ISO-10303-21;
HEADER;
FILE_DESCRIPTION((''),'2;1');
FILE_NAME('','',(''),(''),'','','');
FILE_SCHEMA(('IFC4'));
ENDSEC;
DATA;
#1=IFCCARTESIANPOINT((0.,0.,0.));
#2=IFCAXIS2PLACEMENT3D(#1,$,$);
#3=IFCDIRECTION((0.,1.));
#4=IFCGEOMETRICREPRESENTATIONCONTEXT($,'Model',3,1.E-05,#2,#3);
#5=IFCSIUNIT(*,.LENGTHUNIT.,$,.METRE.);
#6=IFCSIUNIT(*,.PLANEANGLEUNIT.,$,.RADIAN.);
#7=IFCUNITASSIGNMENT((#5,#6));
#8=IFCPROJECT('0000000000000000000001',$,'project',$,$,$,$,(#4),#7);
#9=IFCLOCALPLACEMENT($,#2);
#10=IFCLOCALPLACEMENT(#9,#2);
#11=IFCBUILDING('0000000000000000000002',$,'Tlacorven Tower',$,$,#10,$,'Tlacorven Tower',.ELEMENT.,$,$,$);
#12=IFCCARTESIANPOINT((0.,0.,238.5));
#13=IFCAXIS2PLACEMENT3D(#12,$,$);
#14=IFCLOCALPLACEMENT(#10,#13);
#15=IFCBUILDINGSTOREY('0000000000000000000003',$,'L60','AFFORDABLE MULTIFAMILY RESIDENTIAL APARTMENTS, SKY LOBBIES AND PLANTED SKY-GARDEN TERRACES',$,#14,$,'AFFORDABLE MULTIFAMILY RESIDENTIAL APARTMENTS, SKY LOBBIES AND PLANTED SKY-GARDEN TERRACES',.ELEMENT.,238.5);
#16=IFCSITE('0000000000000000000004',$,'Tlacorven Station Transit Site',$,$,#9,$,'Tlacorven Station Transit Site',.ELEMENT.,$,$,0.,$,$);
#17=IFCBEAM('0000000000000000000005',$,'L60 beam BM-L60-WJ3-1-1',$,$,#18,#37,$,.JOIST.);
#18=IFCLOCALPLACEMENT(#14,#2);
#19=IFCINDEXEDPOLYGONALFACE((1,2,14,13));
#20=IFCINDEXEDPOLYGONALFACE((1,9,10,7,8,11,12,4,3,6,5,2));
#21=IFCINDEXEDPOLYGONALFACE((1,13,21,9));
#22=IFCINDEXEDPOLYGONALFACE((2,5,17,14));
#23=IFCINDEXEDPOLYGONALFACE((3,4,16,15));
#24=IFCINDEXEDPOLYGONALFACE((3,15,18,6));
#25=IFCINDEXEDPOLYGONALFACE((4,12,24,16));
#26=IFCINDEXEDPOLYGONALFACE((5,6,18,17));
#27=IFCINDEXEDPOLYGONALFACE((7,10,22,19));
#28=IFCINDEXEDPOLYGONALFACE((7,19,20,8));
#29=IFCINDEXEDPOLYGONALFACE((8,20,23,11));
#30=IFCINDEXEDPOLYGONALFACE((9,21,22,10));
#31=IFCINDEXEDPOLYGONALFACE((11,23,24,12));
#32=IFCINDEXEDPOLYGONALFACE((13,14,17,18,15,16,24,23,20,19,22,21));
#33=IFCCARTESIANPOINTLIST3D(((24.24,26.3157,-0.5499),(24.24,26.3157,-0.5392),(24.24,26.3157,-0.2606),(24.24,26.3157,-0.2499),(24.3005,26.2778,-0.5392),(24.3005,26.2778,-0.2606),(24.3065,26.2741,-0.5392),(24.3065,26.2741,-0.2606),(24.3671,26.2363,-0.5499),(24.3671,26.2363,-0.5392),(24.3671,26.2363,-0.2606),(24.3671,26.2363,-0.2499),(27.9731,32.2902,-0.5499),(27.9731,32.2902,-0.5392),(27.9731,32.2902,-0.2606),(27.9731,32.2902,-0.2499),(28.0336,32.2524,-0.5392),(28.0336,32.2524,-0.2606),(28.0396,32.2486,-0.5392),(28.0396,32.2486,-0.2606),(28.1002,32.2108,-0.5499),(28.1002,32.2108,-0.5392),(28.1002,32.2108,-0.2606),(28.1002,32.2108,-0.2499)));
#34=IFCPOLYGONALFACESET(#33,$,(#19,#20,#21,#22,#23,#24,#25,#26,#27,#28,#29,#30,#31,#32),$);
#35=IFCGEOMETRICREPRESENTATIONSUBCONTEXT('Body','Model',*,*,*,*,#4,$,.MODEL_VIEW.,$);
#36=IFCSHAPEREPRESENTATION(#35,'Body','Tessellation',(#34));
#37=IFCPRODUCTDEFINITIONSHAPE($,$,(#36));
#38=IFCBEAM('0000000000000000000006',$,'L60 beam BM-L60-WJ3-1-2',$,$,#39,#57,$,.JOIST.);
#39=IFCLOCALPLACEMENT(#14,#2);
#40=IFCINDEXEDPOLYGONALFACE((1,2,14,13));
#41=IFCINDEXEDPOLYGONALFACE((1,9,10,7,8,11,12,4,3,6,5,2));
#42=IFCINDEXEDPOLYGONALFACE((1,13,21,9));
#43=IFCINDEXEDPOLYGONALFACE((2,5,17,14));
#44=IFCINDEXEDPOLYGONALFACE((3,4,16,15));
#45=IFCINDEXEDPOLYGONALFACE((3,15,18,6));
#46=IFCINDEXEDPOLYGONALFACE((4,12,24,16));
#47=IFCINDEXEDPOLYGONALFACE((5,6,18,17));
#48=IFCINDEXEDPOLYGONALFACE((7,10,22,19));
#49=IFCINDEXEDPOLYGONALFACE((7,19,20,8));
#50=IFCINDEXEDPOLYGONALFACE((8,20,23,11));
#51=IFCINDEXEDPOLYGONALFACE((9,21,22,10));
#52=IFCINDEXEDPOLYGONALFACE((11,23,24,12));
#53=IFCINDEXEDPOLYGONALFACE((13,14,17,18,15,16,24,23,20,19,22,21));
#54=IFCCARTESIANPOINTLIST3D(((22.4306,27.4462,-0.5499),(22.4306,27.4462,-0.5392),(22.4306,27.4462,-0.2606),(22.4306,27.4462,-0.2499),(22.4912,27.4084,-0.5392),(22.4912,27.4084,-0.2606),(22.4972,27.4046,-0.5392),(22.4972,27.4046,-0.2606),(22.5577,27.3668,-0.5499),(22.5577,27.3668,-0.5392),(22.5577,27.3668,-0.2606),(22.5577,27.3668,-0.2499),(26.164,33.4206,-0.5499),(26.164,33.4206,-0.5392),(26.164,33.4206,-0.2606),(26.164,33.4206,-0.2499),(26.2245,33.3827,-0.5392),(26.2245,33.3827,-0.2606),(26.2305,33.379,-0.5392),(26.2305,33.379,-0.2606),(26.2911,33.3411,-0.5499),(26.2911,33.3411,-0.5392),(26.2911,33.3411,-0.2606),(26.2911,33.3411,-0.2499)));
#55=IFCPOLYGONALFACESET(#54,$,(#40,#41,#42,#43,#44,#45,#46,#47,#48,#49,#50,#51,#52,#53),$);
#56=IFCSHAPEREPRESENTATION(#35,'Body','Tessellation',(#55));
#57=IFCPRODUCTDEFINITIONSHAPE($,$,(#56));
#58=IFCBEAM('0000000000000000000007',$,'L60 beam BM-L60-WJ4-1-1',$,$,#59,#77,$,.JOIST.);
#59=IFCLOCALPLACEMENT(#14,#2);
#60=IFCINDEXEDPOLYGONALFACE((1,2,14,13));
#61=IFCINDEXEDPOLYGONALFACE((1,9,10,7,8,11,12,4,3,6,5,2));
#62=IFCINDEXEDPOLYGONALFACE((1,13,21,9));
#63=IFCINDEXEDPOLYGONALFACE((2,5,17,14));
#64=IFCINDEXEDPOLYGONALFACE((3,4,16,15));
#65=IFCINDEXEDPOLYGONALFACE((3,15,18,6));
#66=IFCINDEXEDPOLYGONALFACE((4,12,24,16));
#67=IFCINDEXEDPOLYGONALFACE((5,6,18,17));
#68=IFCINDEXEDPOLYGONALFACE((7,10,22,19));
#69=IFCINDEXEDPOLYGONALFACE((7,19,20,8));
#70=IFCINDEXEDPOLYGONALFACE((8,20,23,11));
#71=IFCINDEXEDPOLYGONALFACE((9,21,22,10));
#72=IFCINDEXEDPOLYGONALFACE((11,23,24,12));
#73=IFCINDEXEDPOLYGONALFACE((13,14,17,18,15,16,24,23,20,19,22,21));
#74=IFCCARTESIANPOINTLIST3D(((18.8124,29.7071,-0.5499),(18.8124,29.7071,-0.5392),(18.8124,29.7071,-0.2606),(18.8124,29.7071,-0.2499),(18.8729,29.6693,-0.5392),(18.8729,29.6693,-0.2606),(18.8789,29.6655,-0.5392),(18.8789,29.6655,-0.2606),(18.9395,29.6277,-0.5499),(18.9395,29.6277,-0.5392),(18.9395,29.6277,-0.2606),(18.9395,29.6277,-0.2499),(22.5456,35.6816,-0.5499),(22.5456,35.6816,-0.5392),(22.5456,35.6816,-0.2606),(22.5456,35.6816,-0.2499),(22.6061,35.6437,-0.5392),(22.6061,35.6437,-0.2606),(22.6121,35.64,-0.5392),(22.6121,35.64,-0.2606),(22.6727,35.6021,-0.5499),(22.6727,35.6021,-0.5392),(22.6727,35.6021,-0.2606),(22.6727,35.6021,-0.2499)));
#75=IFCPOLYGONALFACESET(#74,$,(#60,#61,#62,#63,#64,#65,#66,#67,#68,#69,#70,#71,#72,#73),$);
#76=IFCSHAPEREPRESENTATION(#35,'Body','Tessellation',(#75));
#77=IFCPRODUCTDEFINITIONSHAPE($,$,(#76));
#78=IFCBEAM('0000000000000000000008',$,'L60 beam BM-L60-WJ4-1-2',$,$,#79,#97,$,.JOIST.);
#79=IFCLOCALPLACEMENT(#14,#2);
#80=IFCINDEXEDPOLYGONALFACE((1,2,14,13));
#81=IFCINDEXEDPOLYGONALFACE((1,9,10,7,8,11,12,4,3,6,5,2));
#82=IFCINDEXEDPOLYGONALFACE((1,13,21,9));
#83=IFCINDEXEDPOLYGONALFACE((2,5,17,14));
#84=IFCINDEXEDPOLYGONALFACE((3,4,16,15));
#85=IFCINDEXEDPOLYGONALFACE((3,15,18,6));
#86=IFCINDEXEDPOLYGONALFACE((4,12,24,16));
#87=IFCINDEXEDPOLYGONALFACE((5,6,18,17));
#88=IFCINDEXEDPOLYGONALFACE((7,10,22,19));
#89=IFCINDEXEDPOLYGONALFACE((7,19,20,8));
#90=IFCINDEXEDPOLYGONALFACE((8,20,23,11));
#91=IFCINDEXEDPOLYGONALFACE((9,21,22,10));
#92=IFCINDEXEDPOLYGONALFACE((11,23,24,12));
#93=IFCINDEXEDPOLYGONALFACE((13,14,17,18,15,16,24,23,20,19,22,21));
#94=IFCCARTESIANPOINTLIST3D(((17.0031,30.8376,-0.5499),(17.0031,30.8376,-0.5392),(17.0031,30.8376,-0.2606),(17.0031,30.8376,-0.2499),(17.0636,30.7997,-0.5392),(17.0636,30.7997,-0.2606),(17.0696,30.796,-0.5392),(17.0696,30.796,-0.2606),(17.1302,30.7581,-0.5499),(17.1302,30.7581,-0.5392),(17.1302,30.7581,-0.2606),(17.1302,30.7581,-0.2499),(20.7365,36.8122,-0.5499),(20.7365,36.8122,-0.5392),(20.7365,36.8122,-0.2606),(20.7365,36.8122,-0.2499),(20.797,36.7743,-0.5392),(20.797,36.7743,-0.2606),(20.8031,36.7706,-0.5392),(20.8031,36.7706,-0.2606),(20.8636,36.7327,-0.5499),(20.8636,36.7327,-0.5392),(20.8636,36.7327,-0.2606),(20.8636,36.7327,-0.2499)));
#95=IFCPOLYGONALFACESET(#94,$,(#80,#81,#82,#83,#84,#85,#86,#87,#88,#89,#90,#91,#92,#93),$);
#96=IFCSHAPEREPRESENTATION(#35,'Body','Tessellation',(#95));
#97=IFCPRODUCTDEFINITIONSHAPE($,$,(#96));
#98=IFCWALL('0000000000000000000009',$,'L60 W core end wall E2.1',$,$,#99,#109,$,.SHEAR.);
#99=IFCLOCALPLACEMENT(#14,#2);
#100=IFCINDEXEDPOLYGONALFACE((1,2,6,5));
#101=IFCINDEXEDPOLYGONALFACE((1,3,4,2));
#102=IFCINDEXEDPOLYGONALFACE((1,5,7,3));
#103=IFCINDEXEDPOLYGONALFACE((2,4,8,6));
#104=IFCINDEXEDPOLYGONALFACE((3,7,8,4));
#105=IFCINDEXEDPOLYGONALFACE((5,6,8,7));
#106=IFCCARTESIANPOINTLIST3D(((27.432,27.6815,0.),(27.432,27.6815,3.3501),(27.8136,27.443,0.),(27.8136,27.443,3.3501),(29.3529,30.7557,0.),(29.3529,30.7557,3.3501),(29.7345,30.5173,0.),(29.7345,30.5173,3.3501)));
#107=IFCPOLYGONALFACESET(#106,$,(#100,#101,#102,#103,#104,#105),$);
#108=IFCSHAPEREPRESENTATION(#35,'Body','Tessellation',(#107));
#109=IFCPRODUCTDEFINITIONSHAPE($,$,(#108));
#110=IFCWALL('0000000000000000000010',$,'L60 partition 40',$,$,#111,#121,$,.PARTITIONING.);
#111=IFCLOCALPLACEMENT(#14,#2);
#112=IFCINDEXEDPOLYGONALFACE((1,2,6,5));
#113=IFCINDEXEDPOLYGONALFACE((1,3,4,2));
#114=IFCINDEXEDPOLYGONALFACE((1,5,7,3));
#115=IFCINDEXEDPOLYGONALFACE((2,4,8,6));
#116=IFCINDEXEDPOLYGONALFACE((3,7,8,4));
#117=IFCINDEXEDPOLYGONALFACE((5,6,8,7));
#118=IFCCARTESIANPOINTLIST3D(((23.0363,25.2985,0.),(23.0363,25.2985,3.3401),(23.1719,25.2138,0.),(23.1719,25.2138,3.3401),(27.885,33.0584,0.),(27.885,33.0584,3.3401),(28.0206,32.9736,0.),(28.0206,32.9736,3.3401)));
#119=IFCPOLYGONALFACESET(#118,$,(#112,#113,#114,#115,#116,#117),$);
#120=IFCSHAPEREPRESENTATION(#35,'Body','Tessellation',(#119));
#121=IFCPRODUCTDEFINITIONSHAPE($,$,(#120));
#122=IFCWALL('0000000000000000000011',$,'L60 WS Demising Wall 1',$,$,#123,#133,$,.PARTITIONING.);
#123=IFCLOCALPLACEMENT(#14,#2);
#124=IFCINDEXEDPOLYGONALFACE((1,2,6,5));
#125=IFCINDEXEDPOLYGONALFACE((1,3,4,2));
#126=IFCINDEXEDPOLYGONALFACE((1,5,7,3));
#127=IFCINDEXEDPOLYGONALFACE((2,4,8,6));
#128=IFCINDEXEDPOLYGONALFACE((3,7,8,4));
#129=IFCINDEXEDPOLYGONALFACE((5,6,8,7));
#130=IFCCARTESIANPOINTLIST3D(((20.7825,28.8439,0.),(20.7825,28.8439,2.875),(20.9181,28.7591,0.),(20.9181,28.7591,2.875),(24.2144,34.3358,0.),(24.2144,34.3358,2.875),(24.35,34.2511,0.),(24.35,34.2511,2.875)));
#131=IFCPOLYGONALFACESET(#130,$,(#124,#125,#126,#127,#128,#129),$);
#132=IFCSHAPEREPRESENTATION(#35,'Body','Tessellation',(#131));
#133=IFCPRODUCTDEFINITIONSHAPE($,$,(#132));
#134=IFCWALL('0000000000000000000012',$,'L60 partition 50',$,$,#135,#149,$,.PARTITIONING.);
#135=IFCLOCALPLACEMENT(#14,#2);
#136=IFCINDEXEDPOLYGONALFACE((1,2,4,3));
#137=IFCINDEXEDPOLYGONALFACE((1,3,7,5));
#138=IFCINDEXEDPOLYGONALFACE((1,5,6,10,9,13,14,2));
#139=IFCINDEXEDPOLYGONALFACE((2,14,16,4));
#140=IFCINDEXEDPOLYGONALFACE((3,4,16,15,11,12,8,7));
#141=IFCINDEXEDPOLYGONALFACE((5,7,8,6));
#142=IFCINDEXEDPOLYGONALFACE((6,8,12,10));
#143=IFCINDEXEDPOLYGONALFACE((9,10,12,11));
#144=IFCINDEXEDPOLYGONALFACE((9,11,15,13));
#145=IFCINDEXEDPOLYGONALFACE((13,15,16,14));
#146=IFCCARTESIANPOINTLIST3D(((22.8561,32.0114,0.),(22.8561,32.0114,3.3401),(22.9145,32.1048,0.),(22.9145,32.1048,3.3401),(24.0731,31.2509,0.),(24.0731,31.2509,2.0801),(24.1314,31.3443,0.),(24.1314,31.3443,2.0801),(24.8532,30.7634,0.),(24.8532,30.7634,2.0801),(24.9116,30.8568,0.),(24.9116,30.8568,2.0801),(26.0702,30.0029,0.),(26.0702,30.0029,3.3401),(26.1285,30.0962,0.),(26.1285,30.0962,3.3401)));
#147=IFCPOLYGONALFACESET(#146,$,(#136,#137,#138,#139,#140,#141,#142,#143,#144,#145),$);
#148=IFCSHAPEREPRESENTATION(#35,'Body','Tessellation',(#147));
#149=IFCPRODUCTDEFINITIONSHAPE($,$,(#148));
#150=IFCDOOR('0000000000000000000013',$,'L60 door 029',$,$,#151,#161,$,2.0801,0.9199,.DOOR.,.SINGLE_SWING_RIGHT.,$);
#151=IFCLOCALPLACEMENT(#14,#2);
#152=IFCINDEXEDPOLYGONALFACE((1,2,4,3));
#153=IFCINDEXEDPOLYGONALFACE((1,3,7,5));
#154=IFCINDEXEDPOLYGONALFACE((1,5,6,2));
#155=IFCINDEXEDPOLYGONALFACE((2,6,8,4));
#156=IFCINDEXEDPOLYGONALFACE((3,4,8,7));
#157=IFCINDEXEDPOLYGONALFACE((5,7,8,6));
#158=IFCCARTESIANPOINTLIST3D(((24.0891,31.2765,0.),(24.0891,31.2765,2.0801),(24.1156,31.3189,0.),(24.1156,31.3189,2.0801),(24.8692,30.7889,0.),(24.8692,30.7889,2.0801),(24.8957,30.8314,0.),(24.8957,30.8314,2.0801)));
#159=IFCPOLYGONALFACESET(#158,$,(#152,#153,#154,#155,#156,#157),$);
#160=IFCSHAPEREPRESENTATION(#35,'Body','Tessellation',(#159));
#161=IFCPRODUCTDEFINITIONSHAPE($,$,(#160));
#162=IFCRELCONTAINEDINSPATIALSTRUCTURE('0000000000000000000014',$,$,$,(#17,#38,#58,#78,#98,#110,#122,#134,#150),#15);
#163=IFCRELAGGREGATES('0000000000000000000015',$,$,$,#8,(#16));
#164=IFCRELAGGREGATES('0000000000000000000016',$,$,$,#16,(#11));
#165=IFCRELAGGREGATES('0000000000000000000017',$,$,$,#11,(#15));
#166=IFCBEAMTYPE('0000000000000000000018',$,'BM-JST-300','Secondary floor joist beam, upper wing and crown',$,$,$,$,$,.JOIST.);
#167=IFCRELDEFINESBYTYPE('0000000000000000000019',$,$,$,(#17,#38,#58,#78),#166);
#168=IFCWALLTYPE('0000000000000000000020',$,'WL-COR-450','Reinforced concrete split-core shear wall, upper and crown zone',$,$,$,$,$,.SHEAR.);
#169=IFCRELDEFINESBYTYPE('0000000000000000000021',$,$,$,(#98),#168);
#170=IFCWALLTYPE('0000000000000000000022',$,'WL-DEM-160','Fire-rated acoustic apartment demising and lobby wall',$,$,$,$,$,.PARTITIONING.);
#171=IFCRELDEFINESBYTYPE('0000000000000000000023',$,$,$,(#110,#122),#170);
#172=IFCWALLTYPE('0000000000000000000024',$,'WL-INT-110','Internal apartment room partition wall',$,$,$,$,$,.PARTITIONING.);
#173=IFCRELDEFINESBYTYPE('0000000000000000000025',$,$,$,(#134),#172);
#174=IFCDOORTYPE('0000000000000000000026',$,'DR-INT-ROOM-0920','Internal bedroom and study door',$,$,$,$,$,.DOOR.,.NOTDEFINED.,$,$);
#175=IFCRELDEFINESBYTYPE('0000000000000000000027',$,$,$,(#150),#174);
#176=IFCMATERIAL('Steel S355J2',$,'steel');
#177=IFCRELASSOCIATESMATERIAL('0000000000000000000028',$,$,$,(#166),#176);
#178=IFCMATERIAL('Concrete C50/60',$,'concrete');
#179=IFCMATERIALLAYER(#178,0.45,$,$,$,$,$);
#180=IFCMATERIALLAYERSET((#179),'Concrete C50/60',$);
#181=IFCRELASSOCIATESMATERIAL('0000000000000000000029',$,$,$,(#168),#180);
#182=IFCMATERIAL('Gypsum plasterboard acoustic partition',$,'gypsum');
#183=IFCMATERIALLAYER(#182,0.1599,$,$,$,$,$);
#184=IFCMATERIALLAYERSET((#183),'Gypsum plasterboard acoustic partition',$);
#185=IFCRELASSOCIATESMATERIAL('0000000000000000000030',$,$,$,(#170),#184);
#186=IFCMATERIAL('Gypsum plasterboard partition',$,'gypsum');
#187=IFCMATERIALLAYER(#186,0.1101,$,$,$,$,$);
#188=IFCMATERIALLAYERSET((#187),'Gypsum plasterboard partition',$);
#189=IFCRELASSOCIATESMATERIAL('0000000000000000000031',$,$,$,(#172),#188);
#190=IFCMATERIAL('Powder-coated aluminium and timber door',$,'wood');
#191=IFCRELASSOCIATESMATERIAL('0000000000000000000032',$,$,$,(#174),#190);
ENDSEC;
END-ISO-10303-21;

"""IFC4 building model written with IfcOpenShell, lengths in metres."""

from ifc_helpers import new_model, si_unit, direction, frame, frame_2d, origin, origin_2d, place, context, subcontext, project, spatial, rectangle, i_section, extrude, source, transform, mapped, material, layer, layer_set, material_profile, profile_set, type_object, element, fill, save


model = new_model("IFC4")

# Units and contexts
model_context = context("Model", 3, precision=1e-05, world=origin(), true_north=direction((0.0, 1.0)))
body_context = subcontext(model_context, "Body", "Model", "MODEL_VIEW")
ifc_project = project(units=[si_unit("LENGTHUNIT", "METRE"), si_unit("PLANEANGLEUNIT", "RADIAN")], contexts=[model_context])

# Site, building, storey
site_placement = place(None, origin())
site = spatial("IfcSite", under=ifc_project, at=site_placement, Name="Tlacorven Station Transit Site", LongName="Tlacorven Station Transit Site", CompositionType="ELEMENT", RefElevation=0.0)
building_placement = place(site_placement, origin())
building = spatial("IfcBuilding", under=site, at=building_placement, Name="Tlacorven Tower", LongName="Tlacorven Tower", CompositionType="ELEMENT")
storey_placement = place(building_placement, frame((0.0, 0.0, 238.5)))
storey = spatial("IfcBuildingStorey", under=building, at=storey_placement, Name="L60", Description="AFFORDABLE MULTIFAMILY RESIDENTIAL APARTMENTS, SKY LOBBIES AND PLANTED SKY-GARDEN TERRACES", LongName="AFFORDABLE MULTIFAMILY RESIDENTIAL APARTMENTS, SKY LOBBIES AND PLANTED SKY-GARDEN TERRACES", CompositionType="ELEMENT", Elevation=238.5)

# Beams
ifc_material_1 = material(Name="Steel S355J2", Category="steel")
ifc_material_profile_1 = material_profile(ifc_material_1, i_section(OverallWidth=0.1499, OverallDepth=0.3, WebThickness=0.0071, FlangeThickness=0.0107, at=origin_2d()), Name="IPE 300")
ifc_profile_set_1 = profile_set([ifc_material_profile_1], Name="Steel S355J2")
beam_type_1 = type_object("IfcBeamType", Name="BM-JST-300", Description="Secondary floor joist beam, upper wing and crown", PredefinedType="JOIST", material=ifc_profile_set_1)
shared_shape_1 = source(origin(), body_context, "Body", "SweptSolid", [
    extrude(i_section(OverallWidth=0.1499, OverallDepth=0.3, WebThickness=0.0071, FlangeThickness=0.0107, at=origin_2d()), origin(), (0.0, 0.0, 1.0), 7.0449),
])
for number, where, z_axis, x_axis, name in (
    (1, (28.0366, 32.2505, -0.3999), (-0.529899, -0.848061, 0.0), (0.848061, -0.529899, 0.0), "L60 beam BM-L60-WJ3-1-1"),
    (2, (26.2275, 33.3809, -0.3999), (-0.52994, -0.848035, 0.0), (0.848035, -0.52994, 0.0), "L60 beam BM-L60-WJ3-1-2"),
    (3, (22.6091, 35.6418, -0.3999), (-0.529915, -0.848051, 0.0), (0.848051, -0.529915, 0.0), "L60 beam BM-L60-WJ4-1-1"),
):
    element("IfcBeam", number, at=place(storey_placement, frame(where, z_axis=z_axis, x_axis=x_axis)), inside=storey, type_object=beam_type_1, Name=name, PredefinedType="JOIST", context=body_context, shape_type="MappedRepresentation", body=[
        mapped(shared_shape_1, transform((0.0, 0.0, 0.0), scale=1.0)),
    ])
shared_shape_2 = source(origin(), body_context, "Body", "SweptSolid", [
    extrude(i_section(OverallWidth=0.1499, OverallDepth=0.3, WebThickness=0.0071, FlangeThickness=0.0107, at=origin_2d()), origin(), (0.0, 0.0, 1.0), 7.0452),
])
beam_1_placement = place(storey_placement, frame((20.8, 36.7725, -0.3999), z_axis=(-0.529924, -0.848045, 0.0), x_axis=(0.848045, -0.529924, 0.0)))
element("IfcBeam", 4, at=beam_1_placement, inside=storey, type_object=beam_type_1, Name="L60 beam BM-L60-WJ4-1-2", PredefinedType="JOIST", context=body_context, shape_type="MappedRepresentation", body=[
    mapped(shared_shape_2, transform((0.0, 0.0, 0.0), scale=1.0)),
])

# Walls
ifc_material_2 = material(Name="Concrete C50/60", Category="concrete")
ifc_layer_1 = layer(ifc_material_2, 0.45)
ifc_layer_set_1 = layer_set([ifc_layer_1], Name="Concrete C50/60")
wall_type_1 = type_object("IfcWallType", Name="WL-COR-450", Description="Reinforced concrete split-core shear wall, upper and crown zone", PredefinedType="SHEAR", material=ifc_layer_set_1)
wall_1_placement = place(storey_placement, frame((29.5437, 30.6365, 0.0), z_axis=(0.0, 0.0, 1.0), x_axis=(-0.529902, -0.848059, 0.0)))
element("IfcWall", 5, at=wall_1_placement, inside=storey, type_object=wall_type_1, Name="L60 W core end wall E2.1", PredefinedType="SHEAR", context=body_context, shape_type="SweptSolid", body=[
    extrude(rectangle(XDim=3.625, YDim=0.45, at=frame_2d((1.8125, 0.0))), origin(), (0.0, 0.0, 1.0), 3.3501),
])
ifc_material_3 = material(Name="Gypsum plasterboard acoustic partition", Category="gypsum")
ifc_layer_2 = layer(ifc_material_3, 0.1599)
ifc_layer_set_2 = layer_set([ifc_layer_2], Name="Gypsum plasterboard acoustic partition")
wall_type_2 = type_object("IfcWallType", Name="WL-DEM-160", Description="Fire-rated acoustic apartment demising and lobby wall", PredefinedType="PARTITIONING", material=ifc_layer_set_2)
wall_2_placement = place(storey_placement, frame((27.9529, 33.0161, 0.0), z_axis=(0.0, 0.0, 1.0), x_axis=(-0.529903, -0.848058, 0.0)))
element("IfcWall", 6, at=wall_2_placement, inside=storey, type_object=wall_type_2, Name="L60 partition 40", PredefinedType="PARTITIONING", context=body_context, shape_type="SweptSolid", body=[
    extrude(rectangle(XDim=9.1501, YDim=0.1599, at=frame_2d((4.5752, 0.0))), origin(), (0.0, 0.0, 1.0), 3.3401),
])
wall_3_placement = place(storey_placement, frame((24.2822, 34.2935, 0.0), z_axis=(0.0, 0.0, 1.0), x_axis=(-0.529935, -0.848039, 0.0)))
element("IfcWall", 7, at=wall_3_placement, inside=storey, type_object=wall_type_2, Name="L60 WS Demising Wall 1", PredefinedType="PARTITIONING", context=body_context, shape_type="SweptSolid", body=[
    extrude(rectangle(XDim=6.4761, YDim=0.1599, at=frame_2d((3.238, 0.0))), origin(), (0.0, 0.0, 1.0), 2.875),
])

# Wall, opening, door
ifc_material_4 = material(Name="Gypsum plasterboard partition", Category="gypsum")
ifc_layer_3 = layer(ifc_material_4, 0.1101)
ifc_layer_set_3 = layer_set([ifc_layer_3], Name="Gypsum plasterboard partition")
wall_type_3 = type_object("IfcWallType", Name="WL-INT-110", Description="Internal apartment room partition wall", PredefinedType="PARTITIONING", material=ifc_layer_set_3)
wall_4_placement = place(storey_placement, frame((26.0994, 30.0496, 0.0), z_axis=(0.0, 0.0, 1.0), x_axis=(-0.848031, 0.529947, 0.0)))
wall_4 = element("IfcWall", 8, at=wall_4_placement, inside=storey, type_object=wall_type_3, Name="L60 partition 50", PredefinedType="PARTITIONING", context=body_context, shape_type="SweptSolid", body=[
    extrude(rectangle(XDim=3.79, YDim=0.1101, at=frame_2d((1.895, 0.0))), origin(), (0.0, 0.0, 1.0), 3.3401),
])
opening_1_placement = place(wall_4_placement, frame((1.4351, 0.0, 0.0)))
opening_1 = element("IfcOpeningElement", 9, at=opening_1_placement, cuts=wall_4, PredefinedType="OPENING", context=body_context, shape_type="SweptSolid", body=[
    extrude(rectangle(XDim=0.9199, YDim=2.0801, at=frame_2d((0.46, 1.04))), frame((0.0, 0.0649, 0.0), z_axis=(0.0, -1.0, 0.0), x_axis=(1.0, 0.0, 0.0)), (0.0, 0.0, 1.0), 0.1301),
])
ifc_material_5 = material(Name="Powder-coated aluminium and timber door", Category="wood")
door_type_1 = type_object("IfcDoorType", Name="DR-INT-ROOM-0920", Description="Internal bedroom and study door", OperationType="NOTDEFINED", PredefinedType="DOOR", material=ifc_material_5)
shared_shape_3 = source(origin(), body_context, "Body", "SweptSolid", [
    extrude(rectangle(XDim=0.9199, YDim=2.0801, at=frame_2d((0.46, 1.04))), frame((0.0, 0.0249, 0.0), z_axis=(0.0, -1.0, 0.0), x_axis=(1.0, 0.0, 0.0)), (0.0, 0.0, 1.0), 0.05),
])
door_1_placement = place(opening_1_placement, origin())
door_1 = element("IfcDoor", 10, at=door_1_placement, inside=storey, type_object=door_type_1, Name="L60 door 029", OperationType="SINGLE_SWING_RIGHT", OverallHeight=2.0801, OverallWidth=0.9199, PredefinedType="DOOR", context=body_context, shape_type="MappedRepresentation", body=[
    mapped(shared_shape_3, transform((0.0, 0.0, 0.0), scale=1.0)),
])
fill(opening_1, door_1)

save(model, "model.ifc")
